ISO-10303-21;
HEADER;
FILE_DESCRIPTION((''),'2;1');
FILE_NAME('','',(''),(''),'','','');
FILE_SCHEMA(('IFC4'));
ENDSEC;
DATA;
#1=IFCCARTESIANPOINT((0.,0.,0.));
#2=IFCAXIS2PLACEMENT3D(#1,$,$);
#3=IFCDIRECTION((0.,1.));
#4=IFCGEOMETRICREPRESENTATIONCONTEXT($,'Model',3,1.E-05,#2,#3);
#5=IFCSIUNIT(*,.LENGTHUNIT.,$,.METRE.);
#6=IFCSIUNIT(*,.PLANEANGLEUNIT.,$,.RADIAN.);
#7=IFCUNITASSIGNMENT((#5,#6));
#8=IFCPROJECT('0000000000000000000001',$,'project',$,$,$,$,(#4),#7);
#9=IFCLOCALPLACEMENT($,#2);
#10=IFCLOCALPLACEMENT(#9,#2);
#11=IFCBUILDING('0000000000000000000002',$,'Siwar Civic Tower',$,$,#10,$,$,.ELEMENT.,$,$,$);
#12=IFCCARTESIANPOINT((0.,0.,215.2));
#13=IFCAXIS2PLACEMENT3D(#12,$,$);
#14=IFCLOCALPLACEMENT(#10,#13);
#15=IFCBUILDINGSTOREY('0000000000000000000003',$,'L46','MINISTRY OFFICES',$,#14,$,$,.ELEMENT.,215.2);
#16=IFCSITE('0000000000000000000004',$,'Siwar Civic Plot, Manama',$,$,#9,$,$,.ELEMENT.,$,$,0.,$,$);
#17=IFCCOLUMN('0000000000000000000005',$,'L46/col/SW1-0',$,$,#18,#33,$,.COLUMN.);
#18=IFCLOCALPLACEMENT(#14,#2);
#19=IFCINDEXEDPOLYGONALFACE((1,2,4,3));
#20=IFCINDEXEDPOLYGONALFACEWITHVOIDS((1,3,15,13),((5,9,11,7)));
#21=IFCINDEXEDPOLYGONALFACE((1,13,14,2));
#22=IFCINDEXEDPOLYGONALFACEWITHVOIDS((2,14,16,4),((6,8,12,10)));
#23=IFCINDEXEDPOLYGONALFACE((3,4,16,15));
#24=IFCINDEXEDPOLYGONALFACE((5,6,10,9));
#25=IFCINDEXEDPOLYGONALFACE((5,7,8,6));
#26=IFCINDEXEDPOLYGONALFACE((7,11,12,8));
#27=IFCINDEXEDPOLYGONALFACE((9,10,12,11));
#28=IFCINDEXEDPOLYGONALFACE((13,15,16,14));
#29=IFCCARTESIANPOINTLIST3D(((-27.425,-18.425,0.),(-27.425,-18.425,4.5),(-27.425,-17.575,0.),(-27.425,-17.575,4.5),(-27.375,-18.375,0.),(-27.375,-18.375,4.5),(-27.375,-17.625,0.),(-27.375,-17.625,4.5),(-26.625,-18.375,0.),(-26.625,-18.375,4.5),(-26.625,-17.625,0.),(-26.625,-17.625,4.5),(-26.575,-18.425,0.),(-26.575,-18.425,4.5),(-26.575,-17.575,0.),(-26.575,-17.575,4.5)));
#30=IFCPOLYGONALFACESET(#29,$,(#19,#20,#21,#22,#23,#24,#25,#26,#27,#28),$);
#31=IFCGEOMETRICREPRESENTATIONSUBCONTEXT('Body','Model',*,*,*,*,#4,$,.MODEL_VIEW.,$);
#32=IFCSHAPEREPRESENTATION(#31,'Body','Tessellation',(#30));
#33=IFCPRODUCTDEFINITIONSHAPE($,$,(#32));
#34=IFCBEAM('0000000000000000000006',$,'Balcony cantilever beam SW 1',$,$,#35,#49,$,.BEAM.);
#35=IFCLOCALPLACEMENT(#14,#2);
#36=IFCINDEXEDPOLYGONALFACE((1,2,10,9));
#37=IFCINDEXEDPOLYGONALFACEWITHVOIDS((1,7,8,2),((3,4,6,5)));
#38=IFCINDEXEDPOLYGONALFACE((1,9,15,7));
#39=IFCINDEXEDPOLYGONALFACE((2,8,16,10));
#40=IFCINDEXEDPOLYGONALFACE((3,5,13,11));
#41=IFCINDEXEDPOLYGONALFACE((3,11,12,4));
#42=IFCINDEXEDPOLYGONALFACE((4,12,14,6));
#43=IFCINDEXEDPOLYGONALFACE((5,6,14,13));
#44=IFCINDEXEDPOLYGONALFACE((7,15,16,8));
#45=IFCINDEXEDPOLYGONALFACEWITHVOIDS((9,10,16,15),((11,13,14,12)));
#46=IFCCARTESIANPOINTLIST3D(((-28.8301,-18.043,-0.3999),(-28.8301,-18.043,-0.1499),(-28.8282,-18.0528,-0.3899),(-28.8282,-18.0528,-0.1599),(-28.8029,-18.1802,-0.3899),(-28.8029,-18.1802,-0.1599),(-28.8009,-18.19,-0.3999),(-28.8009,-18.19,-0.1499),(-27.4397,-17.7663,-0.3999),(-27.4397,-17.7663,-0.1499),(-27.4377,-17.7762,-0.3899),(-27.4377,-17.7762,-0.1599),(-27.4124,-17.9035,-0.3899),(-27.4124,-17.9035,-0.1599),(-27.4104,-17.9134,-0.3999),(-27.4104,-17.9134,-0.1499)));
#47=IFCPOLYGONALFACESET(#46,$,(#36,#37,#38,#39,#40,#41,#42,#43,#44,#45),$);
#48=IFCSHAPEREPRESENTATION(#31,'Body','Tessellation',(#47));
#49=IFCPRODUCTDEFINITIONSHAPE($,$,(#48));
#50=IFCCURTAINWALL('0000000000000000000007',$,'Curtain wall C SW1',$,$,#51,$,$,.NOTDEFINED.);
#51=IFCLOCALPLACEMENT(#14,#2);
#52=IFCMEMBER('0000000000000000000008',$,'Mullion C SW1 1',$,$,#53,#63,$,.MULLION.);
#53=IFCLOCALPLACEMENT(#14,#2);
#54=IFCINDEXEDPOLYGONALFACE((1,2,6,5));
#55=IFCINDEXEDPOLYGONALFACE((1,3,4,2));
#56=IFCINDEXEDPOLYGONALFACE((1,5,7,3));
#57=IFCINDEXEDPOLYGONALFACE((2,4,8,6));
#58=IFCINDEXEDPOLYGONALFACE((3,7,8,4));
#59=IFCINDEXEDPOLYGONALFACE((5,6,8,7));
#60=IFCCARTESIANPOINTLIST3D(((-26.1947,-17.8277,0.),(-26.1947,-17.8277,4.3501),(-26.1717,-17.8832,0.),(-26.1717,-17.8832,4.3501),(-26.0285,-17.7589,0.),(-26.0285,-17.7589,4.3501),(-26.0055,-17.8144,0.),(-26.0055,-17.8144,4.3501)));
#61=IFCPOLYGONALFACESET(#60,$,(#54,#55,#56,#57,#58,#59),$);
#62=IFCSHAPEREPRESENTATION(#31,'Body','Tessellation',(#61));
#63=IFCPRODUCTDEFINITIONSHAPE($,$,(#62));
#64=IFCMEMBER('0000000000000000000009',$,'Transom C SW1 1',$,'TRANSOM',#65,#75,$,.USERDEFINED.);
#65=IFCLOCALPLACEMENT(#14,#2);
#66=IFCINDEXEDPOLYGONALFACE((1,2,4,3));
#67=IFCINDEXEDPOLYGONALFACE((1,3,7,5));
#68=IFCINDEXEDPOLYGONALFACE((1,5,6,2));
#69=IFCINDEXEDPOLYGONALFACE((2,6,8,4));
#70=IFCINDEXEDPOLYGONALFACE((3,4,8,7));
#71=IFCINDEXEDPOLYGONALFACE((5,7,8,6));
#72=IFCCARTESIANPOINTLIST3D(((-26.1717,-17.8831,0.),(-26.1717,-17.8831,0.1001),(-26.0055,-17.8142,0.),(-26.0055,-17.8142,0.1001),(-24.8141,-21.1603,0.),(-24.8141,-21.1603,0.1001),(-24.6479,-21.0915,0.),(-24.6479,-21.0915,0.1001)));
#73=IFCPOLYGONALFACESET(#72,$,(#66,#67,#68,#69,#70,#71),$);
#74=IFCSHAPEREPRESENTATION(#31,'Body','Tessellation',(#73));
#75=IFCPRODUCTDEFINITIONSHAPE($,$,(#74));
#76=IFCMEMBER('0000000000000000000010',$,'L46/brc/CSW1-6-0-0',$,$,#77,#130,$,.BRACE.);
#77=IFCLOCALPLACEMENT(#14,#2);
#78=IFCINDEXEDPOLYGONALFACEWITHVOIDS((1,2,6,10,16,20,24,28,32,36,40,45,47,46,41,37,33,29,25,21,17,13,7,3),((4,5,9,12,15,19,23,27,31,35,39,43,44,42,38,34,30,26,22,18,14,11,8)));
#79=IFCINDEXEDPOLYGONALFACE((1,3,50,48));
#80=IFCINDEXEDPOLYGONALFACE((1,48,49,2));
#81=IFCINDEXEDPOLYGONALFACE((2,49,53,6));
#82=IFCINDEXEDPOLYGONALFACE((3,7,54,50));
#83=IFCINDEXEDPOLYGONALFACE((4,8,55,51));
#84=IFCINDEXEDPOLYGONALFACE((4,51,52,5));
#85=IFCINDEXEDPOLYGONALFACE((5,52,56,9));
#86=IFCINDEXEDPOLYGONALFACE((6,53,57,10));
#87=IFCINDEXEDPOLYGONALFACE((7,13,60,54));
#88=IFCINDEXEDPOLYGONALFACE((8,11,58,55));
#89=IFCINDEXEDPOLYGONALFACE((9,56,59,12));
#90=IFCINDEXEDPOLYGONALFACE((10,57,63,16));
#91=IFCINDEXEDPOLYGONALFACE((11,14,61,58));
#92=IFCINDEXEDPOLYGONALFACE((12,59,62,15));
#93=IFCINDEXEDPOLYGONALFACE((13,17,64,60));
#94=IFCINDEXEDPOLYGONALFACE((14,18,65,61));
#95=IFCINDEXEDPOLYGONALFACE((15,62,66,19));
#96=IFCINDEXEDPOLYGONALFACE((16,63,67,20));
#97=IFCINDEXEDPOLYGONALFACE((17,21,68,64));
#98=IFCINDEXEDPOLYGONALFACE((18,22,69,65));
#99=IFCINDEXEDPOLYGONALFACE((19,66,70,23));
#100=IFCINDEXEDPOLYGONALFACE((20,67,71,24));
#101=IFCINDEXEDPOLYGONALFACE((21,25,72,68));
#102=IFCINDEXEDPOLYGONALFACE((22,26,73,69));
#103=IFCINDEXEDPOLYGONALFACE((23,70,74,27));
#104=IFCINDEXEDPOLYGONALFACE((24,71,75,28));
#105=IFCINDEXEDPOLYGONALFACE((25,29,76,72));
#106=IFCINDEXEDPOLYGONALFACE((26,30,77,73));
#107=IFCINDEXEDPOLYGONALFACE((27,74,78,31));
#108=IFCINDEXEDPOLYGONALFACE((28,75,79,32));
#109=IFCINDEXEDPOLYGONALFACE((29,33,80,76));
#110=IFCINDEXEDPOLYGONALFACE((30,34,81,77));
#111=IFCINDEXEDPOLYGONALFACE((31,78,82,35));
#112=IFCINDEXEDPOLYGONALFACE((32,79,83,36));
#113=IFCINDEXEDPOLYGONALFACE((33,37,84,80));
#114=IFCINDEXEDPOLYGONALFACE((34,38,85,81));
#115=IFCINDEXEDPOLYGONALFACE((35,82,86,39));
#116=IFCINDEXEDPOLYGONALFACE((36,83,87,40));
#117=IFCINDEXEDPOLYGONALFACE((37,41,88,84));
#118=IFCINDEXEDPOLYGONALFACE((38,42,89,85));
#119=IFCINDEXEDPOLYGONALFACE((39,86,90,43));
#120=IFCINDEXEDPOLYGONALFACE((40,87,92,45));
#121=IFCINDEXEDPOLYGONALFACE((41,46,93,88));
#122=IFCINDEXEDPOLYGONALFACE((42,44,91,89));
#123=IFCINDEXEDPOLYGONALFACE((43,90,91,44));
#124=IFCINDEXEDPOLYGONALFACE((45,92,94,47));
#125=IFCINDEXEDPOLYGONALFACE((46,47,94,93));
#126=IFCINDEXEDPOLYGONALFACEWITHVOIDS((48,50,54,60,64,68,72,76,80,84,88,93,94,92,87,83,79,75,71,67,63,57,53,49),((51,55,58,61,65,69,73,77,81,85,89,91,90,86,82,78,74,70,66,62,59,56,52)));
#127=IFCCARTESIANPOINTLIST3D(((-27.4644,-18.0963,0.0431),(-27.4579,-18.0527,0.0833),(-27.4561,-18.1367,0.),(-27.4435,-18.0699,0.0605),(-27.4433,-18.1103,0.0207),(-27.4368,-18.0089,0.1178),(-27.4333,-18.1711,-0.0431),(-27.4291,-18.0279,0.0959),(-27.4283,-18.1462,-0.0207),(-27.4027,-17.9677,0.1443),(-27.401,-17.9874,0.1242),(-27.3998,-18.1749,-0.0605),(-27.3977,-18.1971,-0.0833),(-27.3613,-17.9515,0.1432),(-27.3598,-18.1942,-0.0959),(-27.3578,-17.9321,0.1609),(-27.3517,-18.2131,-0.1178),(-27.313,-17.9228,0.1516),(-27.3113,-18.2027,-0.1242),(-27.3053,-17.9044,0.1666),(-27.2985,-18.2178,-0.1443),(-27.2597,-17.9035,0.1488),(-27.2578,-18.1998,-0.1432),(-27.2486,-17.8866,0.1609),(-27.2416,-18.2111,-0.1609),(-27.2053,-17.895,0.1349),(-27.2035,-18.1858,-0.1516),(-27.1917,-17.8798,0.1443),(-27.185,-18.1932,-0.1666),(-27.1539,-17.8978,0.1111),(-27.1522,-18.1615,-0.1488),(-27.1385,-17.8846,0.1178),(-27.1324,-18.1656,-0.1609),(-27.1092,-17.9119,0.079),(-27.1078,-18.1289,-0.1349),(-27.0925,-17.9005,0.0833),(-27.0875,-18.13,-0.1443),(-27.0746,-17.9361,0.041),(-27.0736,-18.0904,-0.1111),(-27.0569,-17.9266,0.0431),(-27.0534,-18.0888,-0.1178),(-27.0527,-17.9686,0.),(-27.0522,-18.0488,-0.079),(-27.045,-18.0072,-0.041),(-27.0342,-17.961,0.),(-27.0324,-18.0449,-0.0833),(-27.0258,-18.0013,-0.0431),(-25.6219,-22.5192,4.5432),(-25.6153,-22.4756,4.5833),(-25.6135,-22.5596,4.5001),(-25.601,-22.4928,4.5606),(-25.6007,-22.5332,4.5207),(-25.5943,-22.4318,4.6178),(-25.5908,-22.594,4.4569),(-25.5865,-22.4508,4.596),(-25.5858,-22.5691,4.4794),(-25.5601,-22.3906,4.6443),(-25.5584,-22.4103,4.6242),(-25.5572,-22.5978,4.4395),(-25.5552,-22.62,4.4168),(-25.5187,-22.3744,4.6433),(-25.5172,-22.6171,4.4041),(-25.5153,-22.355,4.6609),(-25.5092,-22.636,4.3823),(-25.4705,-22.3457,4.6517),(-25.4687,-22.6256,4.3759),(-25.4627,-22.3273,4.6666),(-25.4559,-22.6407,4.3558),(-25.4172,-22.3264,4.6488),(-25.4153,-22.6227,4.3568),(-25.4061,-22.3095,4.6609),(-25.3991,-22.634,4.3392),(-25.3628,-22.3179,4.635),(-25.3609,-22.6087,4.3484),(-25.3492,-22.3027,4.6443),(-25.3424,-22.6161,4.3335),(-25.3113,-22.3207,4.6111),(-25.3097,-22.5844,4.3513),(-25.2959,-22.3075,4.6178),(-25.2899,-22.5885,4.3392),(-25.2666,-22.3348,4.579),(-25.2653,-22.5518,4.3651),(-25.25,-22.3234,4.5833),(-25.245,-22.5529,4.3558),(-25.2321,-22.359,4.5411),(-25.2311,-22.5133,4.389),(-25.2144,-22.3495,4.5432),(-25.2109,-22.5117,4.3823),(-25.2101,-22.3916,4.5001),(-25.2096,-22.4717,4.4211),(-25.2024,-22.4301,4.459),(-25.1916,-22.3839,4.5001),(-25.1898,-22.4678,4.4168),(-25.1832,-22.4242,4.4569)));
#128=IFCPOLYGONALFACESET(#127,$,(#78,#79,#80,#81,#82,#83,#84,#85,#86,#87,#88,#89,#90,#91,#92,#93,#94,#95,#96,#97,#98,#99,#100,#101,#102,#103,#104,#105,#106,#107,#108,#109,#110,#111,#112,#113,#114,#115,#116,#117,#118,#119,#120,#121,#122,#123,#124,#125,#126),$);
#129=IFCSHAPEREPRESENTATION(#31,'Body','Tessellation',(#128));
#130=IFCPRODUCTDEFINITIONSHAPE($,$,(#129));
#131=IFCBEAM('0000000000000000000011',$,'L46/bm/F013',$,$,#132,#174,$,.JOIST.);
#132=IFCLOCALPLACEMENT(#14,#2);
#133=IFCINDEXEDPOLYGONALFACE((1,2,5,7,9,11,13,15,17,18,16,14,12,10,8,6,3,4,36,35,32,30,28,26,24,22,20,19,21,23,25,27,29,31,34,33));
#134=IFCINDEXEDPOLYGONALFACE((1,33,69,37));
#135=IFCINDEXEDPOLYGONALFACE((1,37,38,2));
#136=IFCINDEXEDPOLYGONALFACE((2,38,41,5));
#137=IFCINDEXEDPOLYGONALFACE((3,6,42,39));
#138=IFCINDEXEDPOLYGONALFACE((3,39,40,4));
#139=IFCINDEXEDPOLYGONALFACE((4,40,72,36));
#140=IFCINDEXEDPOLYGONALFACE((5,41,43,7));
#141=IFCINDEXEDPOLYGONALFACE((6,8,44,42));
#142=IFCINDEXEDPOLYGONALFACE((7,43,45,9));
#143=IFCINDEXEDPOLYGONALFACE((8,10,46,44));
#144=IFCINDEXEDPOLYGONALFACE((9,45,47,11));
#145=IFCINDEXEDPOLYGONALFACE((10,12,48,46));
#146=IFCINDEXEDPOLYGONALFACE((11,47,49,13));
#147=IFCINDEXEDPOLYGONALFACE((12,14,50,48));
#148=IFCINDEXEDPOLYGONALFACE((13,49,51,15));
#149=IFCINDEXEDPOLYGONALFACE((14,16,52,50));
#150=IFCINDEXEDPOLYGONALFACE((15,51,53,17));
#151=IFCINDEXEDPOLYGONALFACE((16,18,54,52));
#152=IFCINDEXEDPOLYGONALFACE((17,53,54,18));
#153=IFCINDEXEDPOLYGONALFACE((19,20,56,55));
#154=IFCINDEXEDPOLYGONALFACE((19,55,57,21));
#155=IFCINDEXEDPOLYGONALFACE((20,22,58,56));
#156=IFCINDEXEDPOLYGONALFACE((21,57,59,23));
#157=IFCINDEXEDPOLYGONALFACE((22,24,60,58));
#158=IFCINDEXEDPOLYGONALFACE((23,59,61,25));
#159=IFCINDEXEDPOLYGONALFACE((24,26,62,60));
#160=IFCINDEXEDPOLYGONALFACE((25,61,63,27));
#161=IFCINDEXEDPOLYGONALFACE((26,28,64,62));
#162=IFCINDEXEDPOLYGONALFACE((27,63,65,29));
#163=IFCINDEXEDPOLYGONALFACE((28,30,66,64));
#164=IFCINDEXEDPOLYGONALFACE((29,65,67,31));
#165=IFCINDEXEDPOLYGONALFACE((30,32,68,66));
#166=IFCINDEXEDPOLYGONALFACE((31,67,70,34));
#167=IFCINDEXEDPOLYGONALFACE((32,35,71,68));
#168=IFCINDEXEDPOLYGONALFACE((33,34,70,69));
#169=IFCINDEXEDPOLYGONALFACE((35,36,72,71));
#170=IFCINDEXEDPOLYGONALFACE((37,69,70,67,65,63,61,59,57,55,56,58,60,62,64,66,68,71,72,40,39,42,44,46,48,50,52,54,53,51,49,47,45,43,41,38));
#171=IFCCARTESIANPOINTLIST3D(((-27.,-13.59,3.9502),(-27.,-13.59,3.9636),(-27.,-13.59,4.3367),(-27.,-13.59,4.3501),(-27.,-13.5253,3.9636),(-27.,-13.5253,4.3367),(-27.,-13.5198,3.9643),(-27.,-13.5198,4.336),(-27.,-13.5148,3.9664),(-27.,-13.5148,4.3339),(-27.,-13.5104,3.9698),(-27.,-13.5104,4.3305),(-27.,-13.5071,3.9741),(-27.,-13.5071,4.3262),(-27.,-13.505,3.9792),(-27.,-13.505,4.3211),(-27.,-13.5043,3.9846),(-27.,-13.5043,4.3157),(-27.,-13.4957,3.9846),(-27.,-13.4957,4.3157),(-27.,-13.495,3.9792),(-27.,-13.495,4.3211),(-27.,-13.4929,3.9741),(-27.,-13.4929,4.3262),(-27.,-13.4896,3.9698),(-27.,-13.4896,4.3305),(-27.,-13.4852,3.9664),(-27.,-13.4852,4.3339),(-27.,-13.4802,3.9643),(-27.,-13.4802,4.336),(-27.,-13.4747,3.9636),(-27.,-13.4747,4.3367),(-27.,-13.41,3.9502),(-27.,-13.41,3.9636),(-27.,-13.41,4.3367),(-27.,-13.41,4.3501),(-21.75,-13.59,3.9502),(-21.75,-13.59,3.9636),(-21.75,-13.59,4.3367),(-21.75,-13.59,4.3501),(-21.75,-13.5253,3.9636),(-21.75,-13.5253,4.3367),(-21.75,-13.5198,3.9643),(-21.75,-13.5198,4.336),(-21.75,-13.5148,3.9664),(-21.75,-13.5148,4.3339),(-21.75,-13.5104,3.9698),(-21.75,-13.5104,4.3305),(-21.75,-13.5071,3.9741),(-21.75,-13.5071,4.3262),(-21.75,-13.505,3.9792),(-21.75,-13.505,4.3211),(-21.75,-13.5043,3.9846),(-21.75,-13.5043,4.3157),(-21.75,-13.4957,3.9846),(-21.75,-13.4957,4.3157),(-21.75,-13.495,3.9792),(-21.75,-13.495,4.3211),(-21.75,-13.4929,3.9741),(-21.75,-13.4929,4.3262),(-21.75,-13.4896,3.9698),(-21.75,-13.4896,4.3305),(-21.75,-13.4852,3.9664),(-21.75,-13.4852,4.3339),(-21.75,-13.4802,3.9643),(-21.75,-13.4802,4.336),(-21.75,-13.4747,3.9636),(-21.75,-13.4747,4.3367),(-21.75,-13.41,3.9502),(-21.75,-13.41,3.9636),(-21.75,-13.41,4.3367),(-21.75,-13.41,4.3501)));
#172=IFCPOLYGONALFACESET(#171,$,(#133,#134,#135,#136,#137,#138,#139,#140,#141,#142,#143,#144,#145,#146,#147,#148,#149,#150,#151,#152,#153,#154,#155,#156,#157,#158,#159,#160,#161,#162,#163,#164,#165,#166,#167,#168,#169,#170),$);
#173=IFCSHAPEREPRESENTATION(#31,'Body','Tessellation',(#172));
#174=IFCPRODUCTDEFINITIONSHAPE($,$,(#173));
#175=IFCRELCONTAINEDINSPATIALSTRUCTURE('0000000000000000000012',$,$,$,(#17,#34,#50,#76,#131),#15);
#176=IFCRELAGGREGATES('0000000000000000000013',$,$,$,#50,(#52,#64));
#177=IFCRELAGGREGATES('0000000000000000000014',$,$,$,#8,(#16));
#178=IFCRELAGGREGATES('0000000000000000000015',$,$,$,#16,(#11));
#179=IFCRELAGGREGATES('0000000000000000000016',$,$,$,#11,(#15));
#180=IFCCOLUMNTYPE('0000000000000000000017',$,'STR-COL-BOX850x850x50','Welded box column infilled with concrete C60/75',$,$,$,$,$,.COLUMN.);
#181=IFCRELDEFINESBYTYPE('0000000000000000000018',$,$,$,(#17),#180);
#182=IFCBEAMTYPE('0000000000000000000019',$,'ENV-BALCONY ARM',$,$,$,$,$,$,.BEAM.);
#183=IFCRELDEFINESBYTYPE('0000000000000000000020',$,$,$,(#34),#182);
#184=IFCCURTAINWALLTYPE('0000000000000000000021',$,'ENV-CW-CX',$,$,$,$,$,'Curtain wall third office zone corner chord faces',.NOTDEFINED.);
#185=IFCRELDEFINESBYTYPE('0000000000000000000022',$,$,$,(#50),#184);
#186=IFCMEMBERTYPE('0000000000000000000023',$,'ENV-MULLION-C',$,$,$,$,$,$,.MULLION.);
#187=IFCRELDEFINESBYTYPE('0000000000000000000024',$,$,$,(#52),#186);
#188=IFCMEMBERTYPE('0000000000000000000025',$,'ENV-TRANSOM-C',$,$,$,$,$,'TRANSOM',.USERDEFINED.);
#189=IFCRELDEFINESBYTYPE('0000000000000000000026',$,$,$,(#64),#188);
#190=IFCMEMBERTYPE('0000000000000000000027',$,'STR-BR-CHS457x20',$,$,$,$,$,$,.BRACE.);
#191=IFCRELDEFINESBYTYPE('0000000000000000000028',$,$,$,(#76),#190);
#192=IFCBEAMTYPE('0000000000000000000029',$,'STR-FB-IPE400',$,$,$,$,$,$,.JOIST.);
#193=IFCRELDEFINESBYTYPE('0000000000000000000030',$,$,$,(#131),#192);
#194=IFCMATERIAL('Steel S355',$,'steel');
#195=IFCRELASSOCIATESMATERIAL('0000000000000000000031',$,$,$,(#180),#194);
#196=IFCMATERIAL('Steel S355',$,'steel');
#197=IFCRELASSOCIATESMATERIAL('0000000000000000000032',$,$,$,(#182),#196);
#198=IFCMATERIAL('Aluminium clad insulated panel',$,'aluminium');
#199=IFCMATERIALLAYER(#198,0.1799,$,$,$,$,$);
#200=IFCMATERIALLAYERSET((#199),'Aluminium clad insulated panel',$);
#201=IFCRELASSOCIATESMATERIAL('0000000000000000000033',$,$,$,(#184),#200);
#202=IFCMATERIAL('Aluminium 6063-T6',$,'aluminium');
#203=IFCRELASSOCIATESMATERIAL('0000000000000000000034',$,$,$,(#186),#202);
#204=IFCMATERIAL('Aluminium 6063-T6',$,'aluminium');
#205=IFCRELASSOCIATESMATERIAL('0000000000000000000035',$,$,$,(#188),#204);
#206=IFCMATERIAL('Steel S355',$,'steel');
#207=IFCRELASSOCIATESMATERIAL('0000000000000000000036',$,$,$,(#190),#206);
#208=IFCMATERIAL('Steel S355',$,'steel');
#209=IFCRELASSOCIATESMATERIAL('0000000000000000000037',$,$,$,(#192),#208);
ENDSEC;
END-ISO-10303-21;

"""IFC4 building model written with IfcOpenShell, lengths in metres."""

from ifc_helpers import new_model, si_unit, direction, frame, origin, origin_2d, place, context, subcontext, project, spatial, rectangle, hollow_rectangle, hollow_circle, i_section, extrude, material, layer, layer_set, material_profile, profile_set, type_object, element, aggregate, save


model = new_model("IFC4")

# Units and contexts
model_context = context("Model", 3, precision=1e-05, world=origin(), true_north=direction((0.0, 1.0)))
body_context = subcontext(model_context, "Body", "Model", "MODEL_VIEW")
ifc_project = project(units=[si_unit("LENGTHUNIT", "METRE"), si_unit("PLANEANGLEUNIT", "RADIAN")], contexts=[model_context])

# Site, building, storey
site_placement = place(None, origin())
site = spatial("IfcSite", under=ifc_project, at=site_placement, Name="Siwar Civic Plot, Manama", CompositionType="ELEMENT", RefElevation=0.0)
building_placement = place(site_placement, origin())
building = spatial("IfcBuilding", under=site, at=building_placement, Name="Siwar Civic Tower", CompositionType="ELEMENT")
storey_placement = place(building_placement, frame((0.0, 0.0, 215.2)))
storey = spatial("IfcBuildingStorey", under=building, at=storey_placement, Name="L46", Description="MINISTRY OFFICES", CompositionType="ELEMENT", Elevation=215.2)

# Column
ifc_material_1 = material(Name="Steel S355", Category="steel")
ifc_material_profile_1 = material_profile(ifc_material_1, hollow_rectangle(XDim=0.8501, YDim=0.8501, WallThickness=0.05, at=origin_2d()), Name="BOX850x850x50")
ifc_profile_set_1 = profile_set([ifc_material_profile_1], Name="Steel S355")
column_type = type_object("IfcColumnType", Name="STR-COL-BOX850x850x50", Description="Welded box column infilled with concrete C60/75", PredefinedType="COLUMN", material=ifc_profile_set_1)
column_placement = place(storey_placement, frame((-27.0, -18.0, 0.0), z_axis=(0.0, 0.0, 1.0), x_axis=(1.0, 0.0, 0.0)))
element("IfcColumn", 1, at=column_placement, inside=storey, type_object=column_type, Name="L46/col/SW1-0", PredefinedType="COLUMN", context=body_context, shape_type="SweptSolid", body=[
    extrude(hollow_rectangle(XDim=0.8501, YDim=0.8501, WallThickness=0.05, at=origin_2d()), origin(), (0.0, 0.0, 1.0), 4.5),
])

# Beam
ifc_material_2 = material(Name="Steel S355", Category="steel")
ifc_material_profile_2 = material_profile(ifc_material_2, hollow_rectangle(XDim=0.1499, YDim=0.25, WallThickness=0.01, at=origin_2d()), Name="RHS250x150x10")
ifc_profile_set_2 = profile_set([ifc_material_profile_2], Name="Steel S355")
beam_type_1 = type_object("IfcBeamType", Name="ENV-BALCONY ARM", PredefinedType="BEAM", material=ifc_profile_set_2)
beam_1_placement = place(storey_placement, frame((-27.425, -17.8398, -0.2749), z_axis=(-0.980779, -0.195122, 0.0), x_axis=(0.195122, -0.980779, 0.0)))
element("IfcBeam", 2, at=beam_1_placement, inside=storey, type_object=beam_type_1, Name="Balcony cantilever beam SW 1", PredefinedType="BEAM", context=body_context, shape_type="SweptSolid", body=[
    extrude(hollow_rectangle(XDim=0.1499, YDim=0.25, WallThickness=0.01, at=origin_2d()), origin(), (0.0, 0.0, 1.0), 1.4177),
])

# Curtain wall, members
ifc_material_3 = material(Name="Aluminium clad insulated panel", Category="aluminium")
ifc_layer_1 = layer(ifc_material_3, 0.1799)
ifc_layer_set_1 = layer_set([ifc_layer_1], Name="Aluminium clad insulated panel")
curtain_wall_type = type_object("IfcCurtainWallType", Name="ENV-CW-CX", ElementType="Curtain wall third office zone corner chord faces", PredefinedType="NOTDEFINED", material=ifc_layer_set_1)
curtain_wall_placement = place(storey_placement, origin())
curtain_wall = element("IfcCurtainWall", 3, at=curtain_wall_placement, inside=storey, type_object=curtain_wall_type, Name="Curtain wall C SW1", PredefinedType="NOTDEFINED")
ifc_material_4 = material(Name="Aluminium 6063-T6", Category="aluminium")
ifc_material_profile_3 = material_profile(ifc_material_4, rectangle(XDim=0.1799, YDim=0.0601, at=origin_2d()), Name="AL 180x60")
ifc_profile_set_3 = profile_set([ifc_material_profile_3], Name="Aluminium 6063-T6")
member_type_1 = type_object("IfcMemberType", Name="ENV-MULLION-C", PredefinedType="MULLION", material=ifc_profile_set_3)
member_1_placement = place(storey_placement, frame((-26.1001, -17.821, 0.0), z_axis=(0.0, 0.0, 1.0), x_axis=(0.92388, 0.382683, 0.0)))
member_1 = element("IfcMember", 4, at=member_1_placement, type_object=member_type_1, Name="Mullion C SW1 1", PredefinedType="MULLION", context=body_context, shape_type="SweptSolid", body=[
    extrude(rectangle(XDim=0.1799, YDim=0.0601, at=origin_2d()), origin(), (0.0, 0.0, 1.0), 4.3501),
])
ifc_material_5 = material(Name="Aluminium 6063-T6", Category="aluminium")
ifc_material_profile_4 = material_profile(ifc_material_5, rectangle(XDim=0.1799, YDim=0.1001, at=origin_2d()), Name="AL 180x100")
ifc_profile_set_4 = profile_set([ifc_material_profile_4], Name="Aluminium 6063-T6")
member_type_2 = type_object("IfcMemberType", Name="ENV-TRANSOM-C", ElementType="TRANSOM", PredefinedType="USERDEFINED", material=ifc_profile_set_4)
member_2_placement = place(storey_placement, frame((-26.0886, -17.8486, 0.05), z_axis=(0.382719, -0.923865, 0.0), x_axis=(0.923865, 0.382719, 0.0)))
member_2 = element("IfcMember", 5, at=member_2_placement, type_object=member_type_2, Name="Transom C SW1 1", ObjectType="TRANSOM", PredefinedType="USERDEFINED", context=body_context, shape_type="SweptSolid", body=[
    extrude(rectangle(XDim=0.1799, YDim=0.1001, at=origin_2d()), origin(), (0.0, 0.0, 1.0), 3.5474),
])
aggregate(curtain_wall, [member_1, member_2])

# Member
ifc_material_6 = material(Name="Steel S355", Category="steel")
ifc_material_profile_5 = material_profile(ifc_material_6, hollow_circle(Radius=0.2285, WallThickness=0.02, at=origin_2d()), Name="CHS457x20")
ifc_profile_set_5 = profile_set([ifc_material_profile_5], Name="Steel S355")
member_type_3 = type_object("IfcMemberType", Name="STR-BR-CHS457x20", PredefinedType="BRACE", material=ifc_profile_set_5)
member_3_placement = place(storey_placement, frame((-27.2451, -18.0488, 0.0), z_axis=(0.280311, -0.672865, 0.684601), x_axis=(0.923101, 0.384557, 0.0)))
element("IfcMember", 6, at=member_3_placement, inside=storey, type_object=member_type_3, Name="L46/brc/CSW1-6-0-0", PredefinedType="BRACE", context=body_context, shape_type="SweptSolid", body=[
    extrude(hollow_circle(Radius=0.2285, WallThickness=0.02, at=origin_2d()), origin(), (0.0, 0.0, 1.0), 6.5732),
])

# Beam
ifc_material_7 = material(Name="Steel S355", Category="steel")
ifc_material_profile_6 = material_profile(ifc_material_7, i_section(OverallWidth=0.1799, OverallDepth=0.3999, WebThickness=0.0085, FlangeThickness=0.0134, FilletRadius=0.021, at=origin_2d()), Name="IPE400")
ifc_profile_set_6 = profile_set([ifc_material_profile_6], Name="Steel S355")
beam_type_2 = type_object("IfcBeamType", Name="STR-FB-IPE400", PredefinedType="JOIST", material=ifc_profile_set_6)
beam_2_placement = place(storey_placement, frame((-27.0, -13.5, 4.1501), z_axis=(1.0, 0.0, 0.0), x_axis=(0.0, 1.0, 0.0)))
element("IfcBeam", 7, at=beam_2_placement, inside=storey, type_object=beam_type_2, Name="L46/bm/F013", PredefinedType="JOIST", context=body_context, shape_type="SweptSolid", body=[
    extrude(i_section(OverallWidth=0.1799, OverallDepth=0.3999, WebThickness=0.0085, FlangeThickness=0.0134, FilletRadius=0.021, at=origin_2d()), origin(), (0.0, 0.0, 1.0), 5.25),
])

save(model, "model.ifc")
